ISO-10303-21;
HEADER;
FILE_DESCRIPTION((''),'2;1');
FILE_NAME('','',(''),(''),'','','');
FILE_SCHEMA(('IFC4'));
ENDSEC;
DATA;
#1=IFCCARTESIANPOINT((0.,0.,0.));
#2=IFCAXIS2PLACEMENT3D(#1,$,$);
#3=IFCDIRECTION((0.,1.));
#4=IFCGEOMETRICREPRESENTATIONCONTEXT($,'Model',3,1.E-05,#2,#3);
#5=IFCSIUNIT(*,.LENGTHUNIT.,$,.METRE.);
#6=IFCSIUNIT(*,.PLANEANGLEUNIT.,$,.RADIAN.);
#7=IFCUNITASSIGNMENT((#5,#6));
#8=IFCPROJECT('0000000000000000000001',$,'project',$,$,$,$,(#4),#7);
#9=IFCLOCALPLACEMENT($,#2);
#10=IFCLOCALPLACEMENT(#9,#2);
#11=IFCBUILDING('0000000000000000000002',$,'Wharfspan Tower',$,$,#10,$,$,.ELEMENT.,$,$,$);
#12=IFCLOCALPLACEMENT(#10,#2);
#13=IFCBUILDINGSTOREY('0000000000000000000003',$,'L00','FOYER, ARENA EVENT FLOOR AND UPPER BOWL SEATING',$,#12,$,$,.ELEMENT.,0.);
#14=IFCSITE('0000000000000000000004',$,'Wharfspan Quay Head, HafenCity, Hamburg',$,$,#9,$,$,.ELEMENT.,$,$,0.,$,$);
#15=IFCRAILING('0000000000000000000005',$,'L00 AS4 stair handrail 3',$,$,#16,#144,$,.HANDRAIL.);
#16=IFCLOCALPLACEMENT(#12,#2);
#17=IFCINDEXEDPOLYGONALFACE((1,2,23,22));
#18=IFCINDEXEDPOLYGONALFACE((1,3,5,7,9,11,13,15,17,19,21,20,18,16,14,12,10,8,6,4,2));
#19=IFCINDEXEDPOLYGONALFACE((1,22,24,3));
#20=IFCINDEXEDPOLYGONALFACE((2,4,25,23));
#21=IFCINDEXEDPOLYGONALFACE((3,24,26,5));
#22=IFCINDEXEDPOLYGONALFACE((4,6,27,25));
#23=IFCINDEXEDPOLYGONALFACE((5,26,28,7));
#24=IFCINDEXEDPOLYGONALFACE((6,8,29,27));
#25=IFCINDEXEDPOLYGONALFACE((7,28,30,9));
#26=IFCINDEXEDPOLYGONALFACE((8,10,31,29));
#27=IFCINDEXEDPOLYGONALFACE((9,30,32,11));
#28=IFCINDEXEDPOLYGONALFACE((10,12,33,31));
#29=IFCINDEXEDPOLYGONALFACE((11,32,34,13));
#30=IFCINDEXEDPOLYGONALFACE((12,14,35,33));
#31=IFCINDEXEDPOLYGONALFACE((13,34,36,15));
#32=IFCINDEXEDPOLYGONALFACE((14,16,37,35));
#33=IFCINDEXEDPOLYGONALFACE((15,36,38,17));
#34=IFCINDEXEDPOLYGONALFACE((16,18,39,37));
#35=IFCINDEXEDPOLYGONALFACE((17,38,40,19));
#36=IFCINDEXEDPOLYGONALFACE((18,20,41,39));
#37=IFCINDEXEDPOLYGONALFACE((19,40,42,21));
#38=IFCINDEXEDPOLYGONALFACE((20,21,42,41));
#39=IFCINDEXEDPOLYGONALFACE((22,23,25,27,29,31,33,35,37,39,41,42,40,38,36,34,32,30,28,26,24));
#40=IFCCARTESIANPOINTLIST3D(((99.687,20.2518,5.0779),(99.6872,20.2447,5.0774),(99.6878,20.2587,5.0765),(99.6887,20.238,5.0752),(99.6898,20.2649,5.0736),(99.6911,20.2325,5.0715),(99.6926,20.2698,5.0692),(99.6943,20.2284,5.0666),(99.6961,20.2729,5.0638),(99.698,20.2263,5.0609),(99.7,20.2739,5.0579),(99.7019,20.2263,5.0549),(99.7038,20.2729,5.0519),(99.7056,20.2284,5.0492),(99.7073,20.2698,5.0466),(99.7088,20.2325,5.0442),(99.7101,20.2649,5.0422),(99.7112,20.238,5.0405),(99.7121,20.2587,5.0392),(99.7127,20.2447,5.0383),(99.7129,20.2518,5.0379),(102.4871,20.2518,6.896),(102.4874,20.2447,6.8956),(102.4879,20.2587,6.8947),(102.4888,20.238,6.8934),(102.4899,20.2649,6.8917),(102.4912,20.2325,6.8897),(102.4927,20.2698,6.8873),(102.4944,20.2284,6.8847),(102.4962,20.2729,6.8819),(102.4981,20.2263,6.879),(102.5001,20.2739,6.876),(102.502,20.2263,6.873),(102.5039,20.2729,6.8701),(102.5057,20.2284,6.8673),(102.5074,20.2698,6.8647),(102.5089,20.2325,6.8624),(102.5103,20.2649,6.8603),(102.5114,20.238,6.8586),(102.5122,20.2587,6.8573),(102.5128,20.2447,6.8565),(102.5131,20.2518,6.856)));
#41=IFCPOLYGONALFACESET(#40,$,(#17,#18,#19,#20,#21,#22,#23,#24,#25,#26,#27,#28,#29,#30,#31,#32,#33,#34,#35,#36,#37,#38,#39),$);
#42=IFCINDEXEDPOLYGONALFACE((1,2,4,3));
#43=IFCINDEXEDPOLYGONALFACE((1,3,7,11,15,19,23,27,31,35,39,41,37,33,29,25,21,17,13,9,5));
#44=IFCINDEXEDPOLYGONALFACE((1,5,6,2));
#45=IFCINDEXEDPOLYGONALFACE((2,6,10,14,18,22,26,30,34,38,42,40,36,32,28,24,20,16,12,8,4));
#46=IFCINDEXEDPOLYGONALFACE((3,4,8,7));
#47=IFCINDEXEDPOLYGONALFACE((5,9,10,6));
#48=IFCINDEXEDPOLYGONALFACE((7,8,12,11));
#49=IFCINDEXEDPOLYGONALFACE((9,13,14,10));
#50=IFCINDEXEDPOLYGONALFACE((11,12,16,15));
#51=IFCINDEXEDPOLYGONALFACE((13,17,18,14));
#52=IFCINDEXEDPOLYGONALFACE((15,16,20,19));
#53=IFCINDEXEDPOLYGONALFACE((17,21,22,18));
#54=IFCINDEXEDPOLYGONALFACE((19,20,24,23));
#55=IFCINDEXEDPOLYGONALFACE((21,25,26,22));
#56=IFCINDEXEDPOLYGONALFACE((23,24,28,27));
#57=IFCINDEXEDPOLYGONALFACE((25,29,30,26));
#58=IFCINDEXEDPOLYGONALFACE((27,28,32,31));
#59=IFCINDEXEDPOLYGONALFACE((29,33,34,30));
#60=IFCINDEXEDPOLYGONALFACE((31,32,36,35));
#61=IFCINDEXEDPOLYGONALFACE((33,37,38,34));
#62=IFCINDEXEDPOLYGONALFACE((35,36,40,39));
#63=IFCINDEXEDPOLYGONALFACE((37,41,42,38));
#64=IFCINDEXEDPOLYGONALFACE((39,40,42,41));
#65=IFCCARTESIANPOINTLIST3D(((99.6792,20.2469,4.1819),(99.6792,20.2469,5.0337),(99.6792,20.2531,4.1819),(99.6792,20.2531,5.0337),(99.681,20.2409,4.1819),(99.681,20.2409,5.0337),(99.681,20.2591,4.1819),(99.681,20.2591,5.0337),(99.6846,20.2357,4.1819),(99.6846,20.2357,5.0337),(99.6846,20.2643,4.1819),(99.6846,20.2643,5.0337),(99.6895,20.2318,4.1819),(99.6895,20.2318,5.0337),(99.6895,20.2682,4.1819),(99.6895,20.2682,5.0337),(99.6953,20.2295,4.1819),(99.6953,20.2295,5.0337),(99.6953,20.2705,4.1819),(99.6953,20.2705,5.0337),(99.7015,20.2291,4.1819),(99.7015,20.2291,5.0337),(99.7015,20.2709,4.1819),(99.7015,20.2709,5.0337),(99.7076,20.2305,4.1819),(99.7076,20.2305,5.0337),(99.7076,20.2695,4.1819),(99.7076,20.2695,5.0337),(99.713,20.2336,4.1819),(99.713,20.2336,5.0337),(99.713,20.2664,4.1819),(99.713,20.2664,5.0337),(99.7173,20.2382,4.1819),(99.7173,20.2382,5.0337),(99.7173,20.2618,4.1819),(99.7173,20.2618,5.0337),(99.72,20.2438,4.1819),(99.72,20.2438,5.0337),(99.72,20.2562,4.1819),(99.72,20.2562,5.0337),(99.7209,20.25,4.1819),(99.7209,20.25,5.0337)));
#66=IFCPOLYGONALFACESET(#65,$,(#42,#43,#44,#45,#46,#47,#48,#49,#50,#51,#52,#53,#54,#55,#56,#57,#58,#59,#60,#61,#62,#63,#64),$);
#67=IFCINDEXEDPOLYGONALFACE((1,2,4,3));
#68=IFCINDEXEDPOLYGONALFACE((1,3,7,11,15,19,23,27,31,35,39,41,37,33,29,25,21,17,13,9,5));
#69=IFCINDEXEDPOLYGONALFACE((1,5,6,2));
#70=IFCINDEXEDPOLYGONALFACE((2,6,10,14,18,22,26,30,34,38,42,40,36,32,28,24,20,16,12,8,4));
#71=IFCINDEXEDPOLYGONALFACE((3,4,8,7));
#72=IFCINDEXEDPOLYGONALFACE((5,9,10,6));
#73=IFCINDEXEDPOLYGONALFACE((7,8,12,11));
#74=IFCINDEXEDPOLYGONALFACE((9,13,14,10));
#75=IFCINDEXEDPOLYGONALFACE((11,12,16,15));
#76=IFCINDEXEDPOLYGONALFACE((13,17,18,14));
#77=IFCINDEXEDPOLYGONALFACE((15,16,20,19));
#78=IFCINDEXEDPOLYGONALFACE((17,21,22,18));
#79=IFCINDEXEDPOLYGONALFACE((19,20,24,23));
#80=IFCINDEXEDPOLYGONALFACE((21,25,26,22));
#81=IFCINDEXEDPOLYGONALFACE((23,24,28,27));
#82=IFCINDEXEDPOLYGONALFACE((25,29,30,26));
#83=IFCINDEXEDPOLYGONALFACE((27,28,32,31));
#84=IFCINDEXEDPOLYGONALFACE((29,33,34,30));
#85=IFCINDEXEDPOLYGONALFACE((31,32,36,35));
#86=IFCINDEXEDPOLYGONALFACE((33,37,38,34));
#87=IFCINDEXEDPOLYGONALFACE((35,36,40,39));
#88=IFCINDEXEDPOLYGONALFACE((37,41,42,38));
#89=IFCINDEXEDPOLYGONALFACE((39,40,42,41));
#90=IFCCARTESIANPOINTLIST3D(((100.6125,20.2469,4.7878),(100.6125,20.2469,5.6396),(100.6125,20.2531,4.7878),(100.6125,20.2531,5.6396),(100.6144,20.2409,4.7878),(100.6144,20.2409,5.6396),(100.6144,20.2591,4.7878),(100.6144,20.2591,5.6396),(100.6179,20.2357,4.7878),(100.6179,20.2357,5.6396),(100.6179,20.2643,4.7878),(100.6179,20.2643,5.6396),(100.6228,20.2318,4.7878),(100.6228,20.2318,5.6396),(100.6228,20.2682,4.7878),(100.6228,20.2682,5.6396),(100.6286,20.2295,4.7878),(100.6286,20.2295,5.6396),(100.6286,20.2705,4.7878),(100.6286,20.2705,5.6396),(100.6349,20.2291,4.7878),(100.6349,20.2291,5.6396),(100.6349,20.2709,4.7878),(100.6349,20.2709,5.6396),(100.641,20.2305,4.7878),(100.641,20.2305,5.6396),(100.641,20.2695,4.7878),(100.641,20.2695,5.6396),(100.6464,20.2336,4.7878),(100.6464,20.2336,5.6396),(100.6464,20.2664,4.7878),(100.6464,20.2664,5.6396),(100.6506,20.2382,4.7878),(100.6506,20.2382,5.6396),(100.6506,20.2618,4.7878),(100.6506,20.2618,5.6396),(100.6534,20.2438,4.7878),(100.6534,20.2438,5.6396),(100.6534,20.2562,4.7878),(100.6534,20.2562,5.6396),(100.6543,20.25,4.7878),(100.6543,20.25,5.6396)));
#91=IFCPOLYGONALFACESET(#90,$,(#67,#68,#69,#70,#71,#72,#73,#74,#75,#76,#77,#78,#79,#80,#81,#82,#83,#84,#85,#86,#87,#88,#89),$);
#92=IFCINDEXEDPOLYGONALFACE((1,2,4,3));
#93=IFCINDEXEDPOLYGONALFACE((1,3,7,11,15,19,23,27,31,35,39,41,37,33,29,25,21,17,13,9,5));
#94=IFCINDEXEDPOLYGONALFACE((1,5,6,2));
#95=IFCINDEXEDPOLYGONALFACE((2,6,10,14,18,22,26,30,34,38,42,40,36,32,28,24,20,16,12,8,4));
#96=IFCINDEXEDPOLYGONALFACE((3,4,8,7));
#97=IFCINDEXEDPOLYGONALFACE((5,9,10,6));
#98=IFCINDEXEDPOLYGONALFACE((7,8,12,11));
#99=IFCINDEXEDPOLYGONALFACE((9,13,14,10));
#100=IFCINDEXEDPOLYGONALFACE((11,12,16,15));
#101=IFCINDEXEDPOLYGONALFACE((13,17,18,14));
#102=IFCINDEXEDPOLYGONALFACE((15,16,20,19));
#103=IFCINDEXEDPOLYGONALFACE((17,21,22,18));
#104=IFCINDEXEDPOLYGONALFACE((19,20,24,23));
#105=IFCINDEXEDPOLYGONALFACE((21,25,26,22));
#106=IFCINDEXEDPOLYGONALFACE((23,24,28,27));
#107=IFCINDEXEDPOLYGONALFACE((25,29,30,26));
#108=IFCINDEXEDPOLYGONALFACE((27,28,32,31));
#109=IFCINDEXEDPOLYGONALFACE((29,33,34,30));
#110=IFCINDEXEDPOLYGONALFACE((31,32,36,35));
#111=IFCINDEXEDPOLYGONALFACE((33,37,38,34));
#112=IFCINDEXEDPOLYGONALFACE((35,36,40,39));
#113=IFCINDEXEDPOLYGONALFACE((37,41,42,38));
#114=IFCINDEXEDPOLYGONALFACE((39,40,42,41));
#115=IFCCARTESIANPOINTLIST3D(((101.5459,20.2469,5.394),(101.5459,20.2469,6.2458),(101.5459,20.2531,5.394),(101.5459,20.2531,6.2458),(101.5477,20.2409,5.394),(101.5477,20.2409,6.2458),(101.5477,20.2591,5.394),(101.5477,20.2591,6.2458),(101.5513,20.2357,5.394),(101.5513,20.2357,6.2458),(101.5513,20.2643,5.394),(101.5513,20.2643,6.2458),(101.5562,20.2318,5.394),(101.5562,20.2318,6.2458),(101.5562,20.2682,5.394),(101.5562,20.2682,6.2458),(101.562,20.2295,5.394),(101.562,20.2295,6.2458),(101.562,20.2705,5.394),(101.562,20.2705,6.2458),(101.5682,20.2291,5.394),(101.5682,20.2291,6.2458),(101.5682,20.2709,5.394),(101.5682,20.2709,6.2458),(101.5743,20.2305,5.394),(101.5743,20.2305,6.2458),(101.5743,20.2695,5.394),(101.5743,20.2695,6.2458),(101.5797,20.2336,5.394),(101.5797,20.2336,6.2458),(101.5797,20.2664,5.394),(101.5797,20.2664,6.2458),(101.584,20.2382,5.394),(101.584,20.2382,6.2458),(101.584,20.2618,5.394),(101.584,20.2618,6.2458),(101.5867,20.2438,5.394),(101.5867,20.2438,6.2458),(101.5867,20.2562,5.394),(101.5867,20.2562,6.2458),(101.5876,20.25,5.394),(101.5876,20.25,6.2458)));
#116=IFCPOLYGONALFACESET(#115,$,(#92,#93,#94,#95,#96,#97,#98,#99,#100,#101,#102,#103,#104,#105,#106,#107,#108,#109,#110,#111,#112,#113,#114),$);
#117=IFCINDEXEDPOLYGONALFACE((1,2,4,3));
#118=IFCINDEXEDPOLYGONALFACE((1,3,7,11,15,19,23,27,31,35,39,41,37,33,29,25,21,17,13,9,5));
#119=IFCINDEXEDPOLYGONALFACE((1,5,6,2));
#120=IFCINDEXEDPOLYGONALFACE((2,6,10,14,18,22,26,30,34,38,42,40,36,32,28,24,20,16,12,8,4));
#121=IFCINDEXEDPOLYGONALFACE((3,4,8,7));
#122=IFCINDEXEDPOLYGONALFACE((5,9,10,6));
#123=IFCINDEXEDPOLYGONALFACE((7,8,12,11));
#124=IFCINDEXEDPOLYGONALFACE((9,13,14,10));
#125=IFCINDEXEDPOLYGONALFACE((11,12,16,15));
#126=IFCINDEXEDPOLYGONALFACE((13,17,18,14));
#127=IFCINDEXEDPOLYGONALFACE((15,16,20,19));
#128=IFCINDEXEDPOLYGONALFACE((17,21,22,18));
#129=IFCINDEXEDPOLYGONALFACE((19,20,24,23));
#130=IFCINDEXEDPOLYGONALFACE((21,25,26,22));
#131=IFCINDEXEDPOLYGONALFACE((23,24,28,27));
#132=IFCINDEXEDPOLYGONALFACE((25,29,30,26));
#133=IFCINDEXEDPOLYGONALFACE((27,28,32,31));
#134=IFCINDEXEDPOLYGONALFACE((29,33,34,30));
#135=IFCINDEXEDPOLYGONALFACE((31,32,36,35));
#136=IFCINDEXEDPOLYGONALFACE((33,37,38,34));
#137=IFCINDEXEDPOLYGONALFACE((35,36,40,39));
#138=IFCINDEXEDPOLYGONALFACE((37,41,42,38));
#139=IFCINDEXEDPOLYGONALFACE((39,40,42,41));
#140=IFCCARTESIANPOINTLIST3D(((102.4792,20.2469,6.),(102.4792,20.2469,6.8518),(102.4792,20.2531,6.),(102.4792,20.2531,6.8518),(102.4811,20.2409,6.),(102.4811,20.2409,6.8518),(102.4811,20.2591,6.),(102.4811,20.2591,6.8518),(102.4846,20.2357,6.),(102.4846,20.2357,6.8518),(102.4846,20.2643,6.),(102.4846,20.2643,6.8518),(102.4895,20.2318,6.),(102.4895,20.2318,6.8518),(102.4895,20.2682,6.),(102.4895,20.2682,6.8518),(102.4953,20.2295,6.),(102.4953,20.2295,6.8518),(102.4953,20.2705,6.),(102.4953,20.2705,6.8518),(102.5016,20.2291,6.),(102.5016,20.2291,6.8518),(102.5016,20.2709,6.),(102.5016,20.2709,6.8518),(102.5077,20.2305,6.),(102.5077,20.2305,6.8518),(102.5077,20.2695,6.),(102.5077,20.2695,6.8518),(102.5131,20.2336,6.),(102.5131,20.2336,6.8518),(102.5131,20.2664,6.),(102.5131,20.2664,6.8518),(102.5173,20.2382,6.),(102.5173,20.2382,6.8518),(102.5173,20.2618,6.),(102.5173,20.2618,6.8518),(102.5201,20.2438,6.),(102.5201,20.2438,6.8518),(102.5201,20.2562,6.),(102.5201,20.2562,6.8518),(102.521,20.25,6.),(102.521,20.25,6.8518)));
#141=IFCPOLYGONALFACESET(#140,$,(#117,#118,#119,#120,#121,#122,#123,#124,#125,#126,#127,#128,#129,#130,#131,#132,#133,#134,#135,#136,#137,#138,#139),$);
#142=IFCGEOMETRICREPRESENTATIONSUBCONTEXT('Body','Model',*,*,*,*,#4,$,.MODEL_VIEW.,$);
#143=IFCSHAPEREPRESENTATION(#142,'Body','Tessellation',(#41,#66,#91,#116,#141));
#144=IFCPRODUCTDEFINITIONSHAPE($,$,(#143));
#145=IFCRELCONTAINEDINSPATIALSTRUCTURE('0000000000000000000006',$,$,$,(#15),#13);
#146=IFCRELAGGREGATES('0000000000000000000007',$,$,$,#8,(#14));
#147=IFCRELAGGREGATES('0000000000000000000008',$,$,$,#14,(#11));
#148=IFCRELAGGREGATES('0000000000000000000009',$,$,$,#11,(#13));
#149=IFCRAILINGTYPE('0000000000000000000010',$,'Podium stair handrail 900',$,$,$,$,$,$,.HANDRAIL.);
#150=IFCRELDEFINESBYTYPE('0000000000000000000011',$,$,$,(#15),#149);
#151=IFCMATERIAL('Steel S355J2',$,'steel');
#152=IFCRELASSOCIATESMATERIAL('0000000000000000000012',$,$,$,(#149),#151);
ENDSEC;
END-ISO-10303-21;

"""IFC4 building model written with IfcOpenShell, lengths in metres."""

from ifc_helpers import new_model, si_unit, direction, frame, origin, origin_2d, place, context, subcontext, project, spatial, circle, extrude, material, type_object, element, save


model = new_model("IFC4")

# Units and contexts
model_context = context("Model", 3, precision=1e-05, world=origin(), true_north=direction((0.0, 1.0)))
body_context = subcontext(model_context, "Body", "Model", "MODEL_VIEW")
ifc_project = project(units=[si_unit("LENGTHUNIT", "METRE"), si_unit("PLANEANGLEUNIT", "RADIAN")], contexts=[model_context])

# Site, building, storey
site_placement = place(None, origin())
site = spatial("IfcSite", under=ifc_project, at=site_placement, Name="Wharfspan Quay Head, HafenCity, Hamburg", CompositionType="ELEMENT", RefElevation=0.0)
building_placement = place(site_placement, origin())
building = spatial("IfcBuilding", under=site, at=building_placement, Name="Wharfspan Tower", CompositionType="ELEMENT")
storey_placement = place(building_placement, origin())
storey = spatial("IfcBuildingStorey", under=building, at=storey_placement, Name="L00", Description="FOYER, ARENA EVENT FLOOR AND UPPER BOWL SEATING", CompositionType="ELEMENT", Elevation=0.0)

# Shared definitions
ifc_material_1 = material(Name="Steel S355J2", Category="steel")

# Railing
railing_type_1 = type_object("IfcRailingType", Name="Podium stair handrail 900", PredefinedType="HANDRAIL", material=ifc_material_1)
railing_1_placement = place(storey_placement, frame((99.7, 20.25, 4.1819)))
element("IfcRailing", 1, at=railing_1_placement, inside=storey, type_object=railing_type_1, Name="L00 AS4 stair handrail 3", PredefinedType="HANDRAIL", context=body_context, shape_type="SweptSolid", body=[
    extrude(circle(Radius=0.0239, at=origin_2d()), frame((0.0, 0.0, 0.876), z_axis=(0.838706, 0.0, 0.544585), x_axis=(0.0, 1.0, 0.0)), (0.0, 0.0, 1.0), 3.3386),
    extrude(circle(Radius=0.021, at=origin_2d()), origin(), (0.0, 0.0, 1.0), 0.8518),
    extrude(circle(Radius=0.021, at=origin_2d()), frame((0.9334, 0.0, 0.606)), (0.0, 0.0, 1.0), 0.8518),
    extrude(circle(Radius=0.021, at=origin_2d()), frame((1.8667, 0.0, 1.2122)), (0.0, 0.0, 1.0), 0.8518),
    extrude(circle(Radius=0.021, at=origin_2d()), frame((2.8, 0.0, 1.8181)), (0.0, 0.0, 1.0), 0.8518),
])

save(model, "model.ifc")
